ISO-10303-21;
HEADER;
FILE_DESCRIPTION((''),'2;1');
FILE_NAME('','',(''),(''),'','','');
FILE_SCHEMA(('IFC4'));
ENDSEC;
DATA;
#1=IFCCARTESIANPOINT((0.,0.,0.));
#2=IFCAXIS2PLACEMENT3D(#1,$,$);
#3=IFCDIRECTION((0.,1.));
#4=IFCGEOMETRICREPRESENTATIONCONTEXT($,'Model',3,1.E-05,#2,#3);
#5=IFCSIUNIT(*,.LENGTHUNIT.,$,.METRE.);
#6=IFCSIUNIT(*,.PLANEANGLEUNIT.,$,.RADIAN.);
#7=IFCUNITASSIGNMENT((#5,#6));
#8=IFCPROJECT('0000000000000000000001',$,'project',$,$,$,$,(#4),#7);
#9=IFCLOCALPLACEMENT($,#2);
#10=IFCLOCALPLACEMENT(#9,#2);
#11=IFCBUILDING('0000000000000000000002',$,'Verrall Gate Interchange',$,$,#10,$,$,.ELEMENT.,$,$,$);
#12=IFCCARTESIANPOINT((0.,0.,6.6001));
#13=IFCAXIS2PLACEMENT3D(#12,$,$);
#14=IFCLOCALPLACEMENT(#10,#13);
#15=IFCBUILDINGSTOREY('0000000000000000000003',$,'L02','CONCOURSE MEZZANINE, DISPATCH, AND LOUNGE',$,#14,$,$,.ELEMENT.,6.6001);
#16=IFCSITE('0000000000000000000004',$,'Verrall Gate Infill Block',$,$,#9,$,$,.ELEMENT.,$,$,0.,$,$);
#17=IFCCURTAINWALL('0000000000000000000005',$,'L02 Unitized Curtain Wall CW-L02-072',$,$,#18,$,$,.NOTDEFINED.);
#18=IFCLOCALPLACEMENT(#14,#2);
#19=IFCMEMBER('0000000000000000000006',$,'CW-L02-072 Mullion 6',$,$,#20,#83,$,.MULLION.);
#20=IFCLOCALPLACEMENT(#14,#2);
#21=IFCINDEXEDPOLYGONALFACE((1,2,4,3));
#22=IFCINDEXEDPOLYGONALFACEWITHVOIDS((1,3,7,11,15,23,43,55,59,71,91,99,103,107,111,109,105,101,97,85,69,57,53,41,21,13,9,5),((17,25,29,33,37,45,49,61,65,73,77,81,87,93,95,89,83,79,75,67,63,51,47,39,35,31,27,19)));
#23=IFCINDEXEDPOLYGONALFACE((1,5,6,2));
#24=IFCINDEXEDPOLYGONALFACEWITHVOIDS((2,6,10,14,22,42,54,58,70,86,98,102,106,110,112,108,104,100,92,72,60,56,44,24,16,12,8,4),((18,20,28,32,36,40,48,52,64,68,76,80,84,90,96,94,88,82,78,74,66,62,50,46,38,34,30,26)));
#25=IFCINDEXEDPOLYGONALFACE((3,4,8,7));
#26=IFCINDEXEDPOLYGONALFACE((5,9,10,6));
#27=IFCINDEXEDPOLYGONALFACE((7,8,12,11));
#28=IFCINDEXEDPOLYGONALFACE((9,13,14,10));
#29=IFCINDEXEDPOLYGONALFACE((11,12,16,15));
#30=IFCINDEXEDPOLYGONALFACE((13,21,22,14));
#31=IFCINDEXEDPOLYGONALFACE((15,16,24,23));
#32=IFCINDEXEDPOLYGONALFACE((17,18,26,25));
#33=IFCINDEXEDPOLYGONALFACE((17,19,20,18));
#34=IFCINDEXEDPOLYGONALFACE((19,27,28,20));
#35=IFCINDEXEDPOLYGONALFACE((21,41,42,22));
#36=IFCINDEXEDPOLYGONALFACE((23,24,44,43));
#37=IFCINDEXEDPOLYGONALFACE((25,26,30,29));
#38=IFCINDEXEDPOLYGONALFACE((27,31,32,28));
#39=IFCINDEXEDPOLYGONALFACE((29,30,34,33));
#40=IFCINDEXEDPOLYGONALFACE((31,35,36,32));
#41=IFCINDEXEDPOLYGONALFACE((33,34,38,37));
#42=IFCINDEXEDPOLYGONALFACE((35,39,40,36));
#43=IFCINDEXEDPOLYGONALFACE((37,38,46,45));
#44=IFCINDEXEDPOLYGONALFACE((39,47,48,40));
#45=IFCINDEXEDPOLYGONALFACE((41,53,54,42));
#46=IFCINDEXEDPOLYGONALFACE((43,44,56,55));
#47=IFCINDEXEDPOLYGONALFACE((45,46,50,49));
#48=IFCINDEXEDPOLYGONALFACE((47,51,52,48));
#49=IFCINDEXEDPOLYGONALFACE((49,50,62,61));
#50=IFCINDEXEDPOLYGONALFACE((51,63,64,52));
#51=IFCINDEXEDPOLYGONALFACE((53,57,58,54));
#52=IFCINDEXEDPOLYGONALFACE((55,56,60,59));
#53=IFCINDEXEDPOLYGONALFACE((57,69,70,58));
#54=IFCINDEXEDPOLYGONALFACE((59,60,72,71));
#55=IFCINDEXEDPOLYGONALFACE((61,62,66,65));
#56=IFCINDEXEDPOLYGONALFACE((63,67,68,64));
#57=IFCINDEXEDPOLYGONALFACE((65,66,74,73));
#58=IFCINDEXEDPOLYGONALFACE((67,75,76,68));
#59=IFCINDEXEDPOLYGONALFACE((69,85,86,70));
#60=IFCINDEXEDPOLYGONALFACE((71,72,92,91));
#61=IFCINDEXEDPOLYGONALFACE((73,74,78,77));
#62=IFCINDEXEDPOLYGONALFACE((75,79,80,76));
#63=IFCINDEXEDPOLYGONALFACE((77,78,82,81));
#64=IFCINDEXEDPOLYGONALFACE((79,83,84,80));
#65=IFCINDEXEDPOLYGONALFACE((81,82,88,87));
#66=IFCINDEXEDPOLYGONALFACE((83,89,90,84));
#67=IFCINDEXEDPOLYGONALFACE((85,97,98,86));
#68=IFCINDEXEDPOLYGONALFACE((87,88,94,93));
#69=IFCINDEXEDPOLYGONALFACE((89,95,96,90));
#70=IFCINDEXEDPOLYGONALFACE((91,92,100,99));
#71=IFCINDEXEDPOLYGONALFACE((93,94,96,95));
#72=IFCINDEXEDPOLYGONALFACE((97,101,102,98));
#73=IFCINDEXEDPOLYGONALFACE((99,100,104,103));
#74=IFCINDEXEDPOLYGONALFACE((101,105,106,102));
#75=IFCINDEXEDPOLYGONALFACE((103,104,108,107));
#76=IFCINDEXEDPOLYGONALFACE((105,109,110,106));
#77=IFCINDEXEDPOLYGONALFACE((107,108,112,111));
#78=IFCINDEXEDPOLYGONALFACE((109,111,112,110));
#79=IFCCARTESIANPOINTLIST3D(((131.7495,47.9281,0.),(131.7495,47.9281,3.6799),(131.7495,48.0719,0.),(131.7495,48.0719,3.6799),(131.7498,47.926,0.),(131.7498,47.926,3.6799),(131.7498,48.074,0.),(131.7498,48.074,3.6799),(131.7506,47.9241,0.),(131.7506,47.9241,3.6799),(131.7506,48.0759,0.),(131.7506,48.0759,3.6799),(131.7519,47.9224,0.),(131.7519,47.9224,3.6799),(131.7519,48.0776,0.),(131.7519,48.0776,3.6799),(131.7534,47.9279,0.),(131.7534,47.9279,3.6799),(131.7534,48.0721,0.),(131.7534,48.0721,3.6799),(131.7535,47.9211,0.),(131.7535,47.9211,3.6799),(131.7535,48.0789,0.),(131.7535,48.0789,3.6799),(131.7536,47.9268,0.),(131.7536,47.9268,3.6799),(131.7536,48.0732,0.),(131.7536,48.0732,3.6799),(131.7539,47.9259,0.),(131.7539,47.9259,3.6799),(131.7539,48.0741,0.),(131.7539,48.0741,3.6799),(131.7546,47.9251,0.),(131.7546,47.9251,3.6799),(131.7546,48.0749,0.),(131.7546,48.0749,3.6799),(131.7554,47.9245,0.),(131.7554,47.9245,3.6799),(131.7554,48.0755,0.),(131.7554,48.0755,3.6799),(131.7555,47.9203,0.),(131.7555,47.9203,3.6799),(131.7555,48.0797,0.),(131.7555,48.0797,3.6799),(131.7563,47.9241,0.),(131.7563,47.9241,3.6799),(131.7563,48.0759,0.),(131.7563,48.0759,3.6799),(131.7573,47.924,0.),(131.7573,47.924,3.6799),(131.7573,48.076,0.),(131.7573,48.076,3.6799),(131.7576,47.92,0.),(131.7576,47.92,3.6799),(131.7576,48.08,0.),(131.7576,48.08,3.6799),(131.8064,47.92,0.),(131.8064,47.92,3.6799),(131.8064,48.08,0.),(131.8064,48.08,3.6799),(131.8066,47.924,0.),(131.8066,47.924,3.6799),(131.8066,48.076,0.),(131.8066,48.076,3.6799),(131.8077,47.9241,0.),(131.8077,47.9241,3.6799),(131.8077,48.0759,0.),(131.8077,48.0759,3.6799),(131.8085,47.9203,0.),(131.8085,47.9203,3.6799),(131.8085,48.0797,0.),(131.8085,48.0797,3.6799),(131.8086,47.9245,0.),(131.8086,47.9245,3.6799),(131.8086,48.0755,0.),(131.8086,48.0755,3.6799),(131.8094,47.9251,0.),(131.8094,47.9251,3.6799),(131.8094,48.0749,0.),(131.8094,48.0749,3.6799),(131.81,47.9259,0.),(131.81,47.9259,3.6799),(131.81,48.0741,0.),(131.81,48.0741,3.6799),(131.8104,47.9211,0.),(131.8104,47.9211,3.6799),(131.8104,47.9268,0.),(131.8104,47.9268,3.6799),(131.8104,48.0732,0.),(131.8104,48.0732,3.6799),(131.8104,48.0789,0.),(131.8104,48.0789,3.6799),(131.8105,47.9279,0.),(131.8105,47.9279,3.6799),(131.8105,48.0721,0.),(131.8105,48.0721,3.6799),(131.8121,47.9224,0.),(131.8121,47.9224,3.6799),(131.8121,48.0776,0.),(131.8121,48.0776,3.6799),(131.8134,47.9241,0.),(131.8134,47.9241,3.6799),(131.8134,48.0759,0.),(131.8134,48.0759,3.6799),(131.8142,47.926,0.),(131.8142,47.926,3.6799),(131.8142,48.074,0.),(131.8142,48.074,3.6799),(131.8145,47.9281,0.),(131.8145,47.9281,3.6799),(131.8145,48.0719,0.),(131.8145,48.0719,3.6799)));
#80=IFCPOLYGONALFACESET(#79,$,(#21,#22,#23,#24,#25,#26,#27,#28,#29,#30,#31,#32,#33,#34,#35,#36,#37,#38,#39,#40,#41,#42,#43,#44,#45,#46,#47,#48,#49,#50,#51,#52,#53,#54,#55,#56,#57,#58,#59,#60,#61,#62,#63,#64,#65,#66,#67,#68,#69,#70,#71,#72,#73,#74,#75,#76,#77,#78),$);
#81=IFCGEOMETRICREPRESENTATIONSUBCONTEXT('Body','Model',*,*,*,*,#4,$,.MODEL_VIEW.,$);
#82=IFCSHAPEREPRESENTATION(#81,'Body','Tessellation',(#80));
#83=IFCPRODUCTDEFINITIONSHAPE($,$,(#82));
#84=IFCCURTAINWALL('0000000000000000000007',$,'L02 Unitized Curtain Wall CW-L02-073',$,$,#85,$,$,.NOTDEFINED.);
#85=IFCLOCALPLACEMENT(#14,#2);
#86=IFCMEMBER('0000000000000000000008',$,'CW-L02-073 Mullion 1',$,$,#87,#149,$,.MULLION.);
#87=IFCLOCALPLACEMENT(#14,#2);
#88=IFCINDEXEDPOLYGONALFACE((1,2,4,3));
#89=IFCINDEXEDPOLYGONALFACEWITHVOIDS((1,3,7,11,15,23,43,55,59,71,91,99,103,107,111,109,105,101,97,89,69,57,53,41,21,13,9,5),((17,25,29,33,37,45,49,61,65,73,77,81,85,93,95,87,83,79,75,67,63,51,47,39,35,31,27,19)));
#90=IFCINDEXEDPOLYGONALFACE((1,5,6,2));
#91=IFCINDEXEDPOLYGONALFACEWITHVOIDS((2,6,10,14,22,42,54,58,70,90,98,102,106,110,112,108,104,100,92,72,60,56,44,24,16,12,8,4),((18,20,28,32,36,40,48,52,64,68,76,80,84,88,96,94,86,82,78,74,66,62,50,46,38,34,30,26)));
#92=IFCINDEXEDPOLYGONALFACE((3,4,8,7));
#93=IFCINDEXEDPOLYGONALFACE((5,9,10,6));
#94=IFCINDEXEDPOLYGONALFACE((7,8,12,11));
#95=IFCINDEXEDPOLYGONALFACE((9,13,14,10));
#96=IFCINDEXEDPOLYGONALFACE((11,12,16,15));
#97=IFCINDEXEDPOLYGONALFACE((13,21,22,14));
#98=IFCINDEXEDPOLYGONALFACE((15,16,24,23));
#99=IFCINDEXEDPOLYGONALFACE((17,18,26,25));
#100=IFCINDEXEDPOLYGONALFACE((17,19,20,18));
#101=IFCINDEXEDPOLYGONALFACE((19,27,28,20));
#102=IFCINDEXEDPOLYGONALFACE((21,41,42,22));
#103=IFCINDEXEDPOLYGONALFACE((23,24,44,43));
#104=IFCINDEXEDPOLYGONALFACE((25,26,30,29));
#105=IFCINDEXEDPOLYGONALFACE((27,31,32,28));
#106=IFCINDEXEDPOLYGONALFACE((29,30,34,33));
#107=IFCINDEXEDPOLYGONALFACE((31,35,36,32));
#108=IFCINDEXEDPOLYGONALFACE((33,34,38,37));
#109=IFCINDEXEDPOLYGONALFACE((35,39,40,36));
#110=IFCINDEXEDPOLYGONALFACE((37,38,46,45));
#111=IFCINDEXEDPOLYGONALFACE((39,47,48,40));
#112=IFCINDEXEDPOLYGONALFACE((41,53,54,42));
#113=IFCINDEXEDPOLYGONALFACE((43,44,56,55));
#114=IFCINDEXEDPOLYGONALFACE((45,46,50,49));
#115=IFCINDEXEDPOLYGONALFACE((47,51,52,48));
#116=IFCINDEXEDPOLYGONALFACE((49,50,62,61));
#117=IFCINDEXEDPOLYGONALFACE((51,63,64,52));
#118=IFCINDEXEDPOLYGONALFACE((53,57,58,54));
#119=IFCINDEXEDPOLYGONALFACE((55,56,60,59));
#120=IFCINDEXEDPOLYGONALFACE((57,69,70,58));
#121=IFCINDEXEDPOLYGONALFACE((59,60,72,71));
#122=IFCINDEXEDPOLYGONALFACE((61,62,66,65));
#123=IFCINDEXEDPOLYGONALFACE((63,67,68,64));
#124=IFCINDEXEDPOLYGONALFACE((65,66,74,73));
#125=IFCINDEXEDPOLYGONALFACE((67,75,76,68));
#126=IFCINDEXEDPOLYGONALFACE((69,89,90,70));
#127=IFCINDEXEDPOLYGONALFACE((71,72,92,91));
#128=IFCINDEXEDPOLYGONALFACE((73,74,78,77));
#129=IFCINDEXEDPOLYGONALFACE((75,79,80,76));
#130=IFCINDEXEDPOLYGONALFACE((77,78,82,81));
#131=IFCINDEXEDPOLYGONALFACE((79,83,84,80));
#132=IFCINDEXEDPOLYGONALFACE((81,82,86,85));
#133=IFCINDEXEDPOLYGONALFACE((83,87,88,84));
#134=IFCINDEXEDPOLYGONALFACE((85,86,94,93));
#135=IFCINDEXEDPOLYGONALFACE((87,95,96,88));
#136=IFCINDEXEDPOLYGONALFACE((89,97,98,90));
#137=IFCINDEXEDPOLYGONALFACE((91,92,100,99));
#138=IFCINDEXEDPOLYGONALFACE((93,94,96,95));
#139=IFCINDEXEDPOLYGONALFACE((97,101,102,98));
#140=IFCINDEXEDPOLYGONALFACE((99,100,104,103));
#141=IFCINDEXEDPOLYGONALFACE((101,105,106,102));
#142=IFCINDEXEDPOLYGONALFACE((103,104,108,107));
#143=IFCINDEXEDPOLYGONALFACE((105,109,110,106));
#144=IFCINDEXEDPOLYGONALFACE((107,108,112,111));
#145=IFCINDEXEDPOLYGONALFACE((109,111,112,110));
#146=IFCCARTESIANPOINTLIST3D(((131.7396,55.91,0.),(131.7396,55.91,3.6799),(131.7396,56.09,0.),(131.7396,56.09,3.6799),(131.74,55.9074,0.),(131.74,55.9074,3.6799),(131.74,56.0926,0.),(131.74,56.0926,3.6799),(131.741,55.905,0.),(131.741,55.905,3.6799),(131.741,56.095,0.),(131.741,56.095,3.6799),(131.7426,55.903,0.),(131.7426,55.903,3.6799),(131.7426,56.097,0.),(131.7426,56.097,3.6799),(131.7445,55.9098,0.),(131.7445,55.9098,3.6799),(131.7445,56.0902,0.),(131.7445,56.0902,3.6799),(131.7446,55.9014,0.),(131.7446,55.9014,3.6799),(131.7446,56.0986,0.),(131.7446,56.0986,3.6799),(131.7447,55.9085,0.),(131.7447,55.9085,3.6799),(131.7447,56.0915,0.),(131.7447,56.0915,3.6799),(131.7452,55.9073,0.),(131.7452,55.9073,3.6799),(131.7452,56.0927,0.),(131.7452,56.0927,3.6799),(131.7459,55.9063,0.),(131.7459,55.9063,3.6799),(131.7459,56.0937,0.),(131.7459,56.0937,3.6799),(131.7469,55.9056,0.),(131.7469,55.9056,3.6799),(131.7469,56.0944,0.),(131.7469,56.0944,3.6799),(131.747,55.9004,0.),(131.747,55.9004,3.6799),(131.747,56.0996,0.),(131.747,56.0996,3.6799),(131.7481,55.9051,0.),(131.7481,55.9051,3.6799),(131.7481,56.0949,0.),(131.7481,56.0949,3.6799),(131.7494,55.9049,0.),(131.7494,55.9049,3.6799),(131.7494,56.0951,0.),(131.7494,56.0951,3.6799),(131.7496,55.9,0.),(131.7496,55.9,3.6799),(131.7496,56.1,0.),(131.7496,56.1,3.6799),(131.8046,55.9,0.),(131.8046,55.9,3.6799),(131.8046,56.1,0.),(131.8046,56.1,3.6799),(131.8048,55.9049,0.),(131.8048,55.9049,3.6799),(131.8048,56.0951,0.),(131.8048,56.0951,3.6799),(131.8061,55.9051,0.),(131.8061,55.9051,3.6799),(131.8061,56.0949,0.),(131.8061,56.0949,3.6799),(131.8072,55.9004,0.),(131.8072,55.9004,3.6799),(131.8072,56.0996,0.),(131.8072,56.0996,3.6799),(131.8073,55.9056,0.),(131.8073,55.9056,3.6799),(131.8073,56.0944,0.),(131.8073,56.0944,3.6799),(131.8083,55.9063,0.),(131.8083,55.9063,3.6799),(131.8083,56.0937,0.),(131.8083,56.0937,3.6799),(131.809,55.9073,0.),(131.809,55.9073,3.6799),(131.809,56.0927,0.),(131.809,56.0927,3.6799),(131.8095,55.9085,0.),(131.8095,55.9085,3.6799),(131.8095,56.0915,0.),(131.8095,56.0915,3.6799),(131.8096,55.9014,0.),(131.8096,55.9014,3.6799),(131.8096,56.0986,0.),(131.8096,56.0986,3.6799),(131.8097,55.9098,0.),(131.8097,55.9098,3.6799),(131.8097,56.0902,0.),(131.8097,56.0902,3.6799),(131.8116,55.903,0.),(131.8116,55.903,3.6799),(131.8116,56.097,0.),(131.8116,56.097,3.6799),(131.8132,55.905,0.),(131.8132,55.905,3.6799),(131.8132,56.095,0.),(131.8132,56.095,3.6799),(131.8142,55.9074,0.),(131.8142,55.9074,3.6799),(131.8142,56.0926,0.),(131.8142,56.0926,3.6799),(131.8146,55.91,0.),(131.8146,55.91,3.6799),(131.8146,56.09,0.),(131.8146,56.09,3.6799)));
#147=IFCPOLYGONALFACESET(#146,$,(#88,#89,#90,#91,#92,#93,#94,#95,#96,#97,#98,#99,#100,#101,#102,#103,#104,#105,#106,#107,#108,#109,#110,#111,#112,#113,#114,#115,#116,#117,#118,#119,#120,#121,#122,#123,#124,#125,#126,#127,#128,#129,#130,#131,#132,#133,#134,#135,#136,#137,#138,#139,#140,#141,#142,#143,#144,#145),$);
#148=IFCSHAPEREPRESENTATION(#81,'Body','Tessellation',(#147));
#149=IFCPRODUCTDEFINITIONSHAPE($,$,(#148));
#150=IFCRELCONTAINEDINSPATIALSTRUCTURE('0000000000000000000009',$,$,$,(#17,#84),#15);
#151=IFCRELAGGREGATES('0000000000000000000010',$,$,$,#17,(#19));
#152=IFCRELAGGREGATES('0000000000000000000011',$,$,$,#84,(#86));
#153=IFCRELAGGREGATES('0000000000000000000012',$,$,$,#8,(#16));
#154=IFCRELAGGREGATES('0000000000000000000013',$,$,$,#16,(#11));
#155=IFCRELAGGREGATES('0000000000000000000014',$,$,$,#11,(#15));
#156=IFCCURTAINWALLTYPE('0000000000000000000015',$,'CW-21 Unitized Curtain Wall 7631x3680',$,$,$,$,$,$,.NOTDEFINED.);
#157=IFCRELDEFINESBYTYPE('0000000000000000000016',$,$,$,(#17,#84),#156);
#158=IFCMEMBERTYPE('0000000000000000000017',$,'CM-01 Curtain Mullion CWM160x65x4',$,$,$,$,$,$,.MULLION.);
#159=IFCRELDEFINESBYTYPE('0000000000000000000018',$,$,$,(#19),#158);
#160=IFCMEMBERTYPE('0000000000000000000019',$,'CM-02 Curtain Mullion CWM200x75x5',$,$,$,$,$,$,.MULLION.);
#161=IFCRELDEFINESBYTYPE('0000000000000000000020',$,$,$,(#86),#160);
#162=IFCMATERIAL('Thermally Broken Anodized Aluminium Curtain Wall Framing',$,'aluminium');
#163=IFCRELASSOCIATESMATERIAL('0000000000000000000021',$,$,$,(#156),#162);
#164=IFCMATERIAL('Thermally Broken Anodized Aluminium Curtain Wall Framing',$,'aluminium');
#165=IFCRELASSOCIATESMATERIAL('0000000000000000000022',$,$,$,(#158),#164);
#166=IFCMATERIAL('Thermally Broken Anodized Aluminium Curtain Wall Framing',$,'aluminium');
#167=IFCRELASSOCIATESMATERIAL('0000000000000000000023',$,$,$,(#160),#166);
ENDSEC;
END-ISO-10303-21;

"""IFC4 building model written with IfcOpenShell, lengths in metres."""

from ifc_helpers import new_model, si_unit, direction, frame, origin, origin_2d, place, context, subcontext, project, spatial, hollow_rectangle, extrude, material, material_profile, profile_set, type_object, element, aggregate, save


model = new_model("IFC4")

# Units and contexts
model_context = context("Model", 3, precision=1e-05, world=origin(), true_north=direction((0.0, 1.0)))
body_context = subcontext(model_context, "Body", "Model", "MODEL_VIEW")
ifc_project = project(units=[si_unit("LENGTHUNIT", "METRE"), si_unit("PLANEANGLEUNIT", "RADIAN")], contexts=[model_context])

# Site, building, storey
site_placement = place(None, origin())
site = spatial("IfcSite", under=ifc_project, at=site_placement, Name="Verrall Gate Infill Block", CompositionType="ELEMENT", RefElevation=0.0)
building_placement = place(site_placement, origin())
building = spatial("IfcBuilding", under=site, at=building_placement, Name="Verrall Gate Interchange", CompositionType="ELEMENT")
storey_placement = place(building_placement, frame((0.0, 0.0, 6.6001)))
storey = spatial("IfcBuildingStorey", under=building, at=storey_placement, Name="L02", Description="CONCOURSE MEZZANINE, DISPATCH, AND LOUNGE", CompositionType="ELEMENT", Elevation=6.6001)

# Curtain walls, members
ifc_material_1 = material(Name="Thermally Broken Anodized Aluminium Curtain Wall Framing", Category="aluminium")
curtain_wall_type = type_object("IfcCurtainWallType", Name="CW-21 Unitized Curtain Wall 7631x3680", PredefinedType="NOTDEFINED", material=ifc_material_1)
curtain_wall_1_placement = place(storey_placement, origin())
curtain_wall_1 = element("IfcCurtainWall", 1, at=curtain_wall_1_placement, inside=storey, type_object=curtain_wall_type, Name="L02 Unitized Curtain Wall CW-L02-072", PredefinedType="NOTDEFINED")
ifc_material_2 = material(Name="Thermally Broken Anodized Aluminium Curtain Wall Framing", Category="aluminium")
ifc_material_profile_1 = material_profile(ifc_material_2, hollow_rectangle(XDim=0.0649, YDim=0.1599, WallThickness=0.0039, InnerFilletRadius=0.0039, OuterFilletRadius=0.0081, at=origin_2d()), Name="CWM160x65x4")
ifc_profile_set_1 = profile_set([ifc_material_profile_1], Name="Thermally Broken Anodized Aluminium Curtain Wall Framing")
member_type_1 = type_object("IfcMemberType", Name="CM-01 Curtain Mullion CWM160x65x4", PredefinedType="MULLION", material=ifc_profile_set_1)
member_1_placement = place(storey_placement, frame((131.782, 48.0, 0.0), z_axis=(0.0, 0.0, 1.0), x_axis=(1.0, 0.0, 0.0)))
member_1 = element("IfcMember", 2, at=member_1_placement, type_object=member_type_1, Name="CW-L02-072 Mullion 6", PredefinedType="MULLION", context=body_context, shape_type="SweptSolid", body=[
    extrude(hollow_rectangle(XDim=0.0649, YDim=0.1599, WallThickness=0.0039, InnerFilletRadius=0.0039, OuterFilletRadius=0.0081, at=origin_2d()), origin(), (0.0, 0.0, 1.0), 3.6799),
])
curtain_wall_2_placement = place(storey_placement, origin())
curtain_wall_2 = element("IfcCurtainWall", 3, at=curtain_wall_2_placement, inside=storey, type_object=curtain_wall_type, Name="L02 Unitized Curtain Wall CW-L02-073", PredefinedType="NOTDEFINED")
ifc_material_3 = material(Name="Thermally Broken Anodized Aluminium Curtain Wall Framing", Category="aluminium")
ifc_material_profile_2 = material_profile(ifc_material_3, hollow_rectangle(XDim=0.075, YDim=0.2, WallThickness=0.0049, InnerFilletRadius=0.0049, OuterFilletRadius=0.01, at=origin_2d()), Name="CWM200x75x5")
ifc_profile_set_2 = profile_set([ifc_material_profile_2], Name="Thermally Broken Anodized Aluminium Curtain Wall Framing")
member_type_2 = type_object("IfcMemberType", Name="CM-02 Curtain Mullion CWM200x75x5", PredefinedType="MULLION", material=ifc_profile_set_2)
member_2_placement = place(storey_placement, frame((131.7771, 56.0, 0.0), z_axis=(0.0, 0.0, 1.0), x_axis=(-1.0, 0.0, 0.0)))
member_2 = element("IfcMember", 4, at=member_2_placement, type_object=member_type_2, Name="CW-L02-073 Mullion 1", PredefinedType="MULLION", context=body_context, shape_type="SweptSolid", body=[
    extrude(hollow_rectangle(XDim=0.075, YDim=0.2, WallThickness=0.0049, InnerFilletRadius=0.0049, OuterFilletRadius=0.01, at=origin_2d()), origin(), (0.0, 0.0, 1.0), 3.6799),
])

aggregate(curtain_wall_1, [member_1])
aggregate(curtain_wall_2, [member_2])

save(model, "model.ifc")
